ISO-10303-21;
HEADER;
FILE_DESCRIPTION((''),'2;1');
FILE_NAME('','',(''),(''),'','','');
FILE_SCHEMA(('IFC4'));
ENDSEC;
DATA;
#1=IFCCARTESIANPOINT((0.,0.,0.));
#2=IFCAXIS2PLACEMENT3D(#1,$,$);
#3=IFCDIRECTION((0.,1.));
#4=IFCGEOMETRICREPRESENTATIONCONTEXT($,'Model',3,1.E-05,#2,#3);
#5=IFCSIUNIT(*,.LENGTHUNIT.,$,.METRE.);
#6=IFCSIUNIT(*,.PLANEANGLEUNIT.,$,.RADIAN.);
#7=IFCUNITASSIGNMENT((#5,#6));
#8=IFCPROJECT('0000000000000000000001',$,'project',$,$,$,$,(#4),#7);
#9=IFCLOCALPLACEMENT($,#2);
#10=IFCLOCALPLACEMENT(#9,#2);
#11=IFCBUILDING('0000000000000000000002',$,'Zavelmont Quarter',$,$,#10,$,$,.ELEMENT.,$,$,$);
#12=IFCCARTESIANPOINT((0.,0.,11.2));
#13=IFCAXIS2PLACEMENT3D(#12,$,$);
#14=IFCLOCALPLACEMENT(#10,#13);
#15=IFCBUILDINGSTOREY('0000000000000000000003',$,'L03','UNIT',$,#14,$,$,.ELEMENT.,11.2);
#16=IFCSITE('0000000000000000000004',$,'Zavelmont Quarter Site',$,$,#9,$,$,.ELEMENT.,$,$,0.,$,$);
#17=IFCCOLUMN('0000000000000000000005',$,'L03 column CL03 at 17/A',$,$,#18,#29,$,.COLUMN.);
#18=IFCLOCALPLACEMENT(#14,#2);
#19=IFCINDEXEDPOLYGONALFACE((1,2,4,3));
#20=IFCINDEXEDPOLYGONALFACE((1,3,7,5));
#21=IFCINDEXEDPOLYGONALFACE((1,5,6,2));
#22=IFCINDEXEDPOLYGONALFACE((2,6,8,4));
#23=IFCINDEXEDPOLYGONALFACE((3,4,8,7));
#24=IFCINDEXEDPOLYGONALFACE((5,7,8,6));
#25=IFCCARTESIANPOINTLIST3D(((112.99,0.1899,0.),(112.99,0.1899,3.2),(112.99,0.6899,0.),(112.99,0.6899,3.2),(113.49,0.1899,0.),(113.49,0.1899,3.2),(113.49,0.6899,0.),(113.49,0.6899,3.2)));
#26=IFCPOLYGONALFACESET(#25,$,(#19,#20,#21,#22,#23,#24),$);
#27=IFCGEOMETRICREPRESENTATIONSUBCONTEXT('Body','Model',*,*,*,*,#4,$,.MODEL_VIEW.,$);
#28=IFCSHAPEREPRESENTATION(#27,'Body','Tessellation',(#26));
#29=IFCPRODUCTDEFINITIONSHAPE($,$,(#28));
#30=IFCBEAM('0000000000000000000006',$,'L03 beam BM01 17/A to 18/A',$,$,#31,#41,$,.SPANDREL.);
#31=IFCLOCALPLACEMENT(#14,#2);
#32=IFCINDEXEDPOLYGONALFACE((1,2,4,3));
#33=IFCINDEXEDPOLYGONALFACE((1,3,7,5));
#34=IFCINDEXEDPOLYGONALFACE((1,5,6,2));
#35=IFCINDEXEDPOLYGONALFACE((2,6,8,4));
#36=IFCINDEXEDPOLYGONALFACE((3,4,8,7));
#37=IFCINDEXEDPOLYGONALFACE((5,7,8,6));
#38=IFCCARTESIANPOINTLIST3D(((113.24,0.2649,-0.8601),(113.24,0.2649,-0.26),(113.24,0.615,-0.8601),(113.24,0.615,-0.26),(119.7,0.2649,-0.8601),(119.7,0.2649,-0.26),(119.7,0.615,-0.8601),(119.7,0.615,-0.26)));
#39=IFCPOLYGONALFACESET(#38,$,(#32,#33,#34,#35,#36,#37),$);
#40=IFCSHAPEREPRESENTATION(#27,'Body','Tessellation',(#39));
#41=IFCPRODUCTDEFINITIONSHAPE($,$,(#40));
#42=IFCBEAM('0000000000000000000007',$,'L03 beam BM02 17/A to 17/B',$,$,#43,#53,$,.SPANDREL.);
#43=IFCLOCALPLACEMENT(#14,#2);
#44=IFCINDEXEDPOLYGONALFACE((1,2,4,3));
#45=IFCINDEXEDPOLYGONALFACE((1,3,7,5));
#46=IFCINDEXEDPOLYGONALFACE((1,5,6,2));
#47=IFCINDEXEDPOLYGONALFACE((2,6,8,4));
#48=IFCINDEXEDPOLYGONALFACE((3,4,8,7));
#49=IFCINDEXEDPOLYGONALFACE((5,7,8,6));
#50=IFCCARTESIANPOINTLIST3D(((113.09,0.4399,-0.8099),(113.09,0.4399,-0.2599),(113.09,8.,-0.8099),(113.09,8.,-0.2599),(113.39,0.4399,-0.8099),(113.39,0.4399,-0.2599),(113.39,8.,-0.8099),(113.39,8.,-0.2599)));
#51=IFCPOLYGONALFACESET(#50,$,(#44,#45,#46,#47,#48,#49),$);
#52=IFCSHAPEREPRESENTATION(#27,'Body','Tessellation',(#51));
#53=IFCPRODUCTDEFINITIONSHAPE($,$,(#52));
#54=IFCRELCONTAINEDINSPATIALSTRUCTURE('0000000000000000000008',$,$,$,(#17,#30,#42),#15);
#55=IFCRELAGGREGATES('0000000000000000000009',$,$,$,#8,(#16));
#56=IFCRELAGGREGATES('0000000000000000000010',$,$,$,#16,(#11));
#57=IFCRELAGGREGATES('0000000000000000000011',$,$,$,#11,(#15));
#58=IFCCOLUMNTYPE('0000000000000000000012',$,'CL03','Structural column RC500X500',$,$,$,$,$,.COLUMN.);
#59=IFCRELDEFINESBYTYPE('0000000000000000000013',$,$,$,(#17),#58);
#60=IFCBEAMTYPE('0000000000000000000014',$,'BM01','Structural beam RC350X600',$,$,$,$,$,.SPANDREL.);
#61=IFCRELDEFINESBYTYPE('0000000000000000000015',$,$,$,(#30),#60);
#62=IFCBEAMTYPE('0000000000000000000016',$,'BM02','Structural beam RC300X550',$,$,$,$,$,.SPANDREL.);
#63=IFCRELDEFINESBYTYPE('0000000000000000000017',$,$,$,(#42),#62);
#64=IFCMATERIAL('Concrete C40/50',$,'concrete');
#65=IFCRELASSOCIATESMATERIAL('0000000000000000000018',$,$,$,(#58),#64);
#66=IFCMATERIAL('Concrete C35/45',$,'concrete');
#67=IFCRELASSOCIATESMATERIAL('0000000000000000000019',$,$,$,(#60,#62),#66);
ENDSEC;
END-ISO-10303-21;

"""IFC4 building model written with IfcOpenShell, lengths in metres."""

from ifc_helpers import new_model, si_unit, direction, frame, origin, origin_2d, place, context, subcontext, project, spatial, rectangle, extrude, material, material_profile, profile_set, type_object, element, save


model = new_model("IFC4")

# Units and contexts
model_context = context("Model", 3, precision=1e-05, world=origin(), true_north=direction((0.0, 1.0)))
body_context = subcontext(model_context, "Body", "Model", "MODEL_VIEW")
ifc_project = project(units=[si_unit("LENGTHUNIT", "METRE"), si_unit("PLANEANGLEUNIT", "RADIAN")], contexts=[model_context])

# Site, building, storey
site_placement = place(None, origin())
site = spatial("IfcSite", under=ifc_project, at=site_placement, Name="Zavelmont Quarter Site", CompositionType="ELEMENT", RefElevation=0.0)
building_placement = place(site_placement, origin())
building = spatial("IfcBuilding", under=site, at=building_placement, Name="Zavelmont Quarter", CompositionType="ELEMENT")
storey_placement = place(building_placement, frame((0.0, 0.0, 11.2)))
storey = spatial("IfcBuildingStorey", under=building, at=storey_placement, Name="L03", Description="UNIT", CompositionType="ELEMENT", Elevation=11.2)

# Column
ifc_material_1 = material(Name="Concrete C40/50", Category="concrete")
ifc_material_profile_1 = material_profile(ifc_material_1, rectangle(XDim=0.5, YDim=0.5, at=origin_2d()), Name="RC500X500")
ifc_profile_set_1 = profile_set([ifc_material_profile_1], Name="Concrete C40/50")
column_type = type_object("IfcColumnType", Name="CL03", Description="Structural column RC500X500", PredefinedType="COLUMN", material=ifc_profile_set_1)
column_placement = place(storey_placement, frame((113.24, 0.4399, 0.0), z_axis=(0.0, 0.0, 1.0), x_axis=(1.0, 0.0, 0.0)))
element("IfcColumn", 1, at=column_placement, inside=storey, type_object=column_type, Name="L03 column CL03 at 17/A", PredefinedType="COLUMN", context=body_context, shape_type="SweptSolid", body=[
    extrude(rectangle(XDim=0.5, YDim=0.5, at=origin_2d()), origin(), (0.0, 0.0, 1.0), 3.2),
])

# Beams
ifc_material_2 = material(Name="Concrete C35/45", Category="concrete")
ifc_material_profile_2 = material_profile(ifc_material_2, rectangle(XDim=0.3501, YDim=0.6001, at=origin_2d()), Name="RC350X600")
ifc_profile_set_2 = profile_set([ifc_material_profile_2], Name="Concrete C35/45")
beam_type_1 = type_object("IfcBeamType", Name="BM01", Description="Structural beam RC350X600", PredefinedType="SPANDREL", material=ifc_profile_set_2)
beam_1_placement = place(storey_placement, frame((113.24, 0.4399, -0.5601), z_axis=(1.0, 0.0, 0.0), x_axis=(0.0, 1.0, 0.0)))
element("IfcBeam", 2, at=beam_1_placement, inside=storey, type_object=beam_type_1, Name="L03 beam BM01 17/A to 18/A", PredefinedType="SPANDREL", context=body_context, shape_type="SweptSolid", body=[
    extrude(rectangle(XDim=0.3501, YDim=0.6001, at=origin_2d()), origin(), (0.0, 0.0, 1.0), 6.46),
])
ifc_material_profile_3 = material_profile(ifc_material_2, rectangle(XDim=0.3, YDim=0.55, at=origin_2d()), Name="RC300X550")
ifc_profile_set_3 = profile_set([ifc_material_profile_3], Name="Concrete C35/45")
beam_type_2 = type_object("IfcBeamType", Name="BM02", Description="Structural beam RC300X550", PredefinedType="SPANDREL", material=ifc_profile_set_3)
beam_2_placement = place(storey_placement, frame((113.24, 0.4399, -0.5349), z_axis=(0.0, 1.0, 0.0), x_axis=(-1.0, 0.0, 0.0)))
element("IfcBeam", 3, at=beam_2_placement, inside=storey, type_object=beam_type_2, Name="L03 beam BM02 17/A to 17/B", PredefinedType="SPANDREL", context=body_context, shape_type="SweptSolid", body=[
    extrude(rectangle(XDim=0.3, YDim=0.55, at=origin_2d()), origin(), (0.0, 0.0, 1.0), 7.5601),
])

save(model, "model.ifc")
